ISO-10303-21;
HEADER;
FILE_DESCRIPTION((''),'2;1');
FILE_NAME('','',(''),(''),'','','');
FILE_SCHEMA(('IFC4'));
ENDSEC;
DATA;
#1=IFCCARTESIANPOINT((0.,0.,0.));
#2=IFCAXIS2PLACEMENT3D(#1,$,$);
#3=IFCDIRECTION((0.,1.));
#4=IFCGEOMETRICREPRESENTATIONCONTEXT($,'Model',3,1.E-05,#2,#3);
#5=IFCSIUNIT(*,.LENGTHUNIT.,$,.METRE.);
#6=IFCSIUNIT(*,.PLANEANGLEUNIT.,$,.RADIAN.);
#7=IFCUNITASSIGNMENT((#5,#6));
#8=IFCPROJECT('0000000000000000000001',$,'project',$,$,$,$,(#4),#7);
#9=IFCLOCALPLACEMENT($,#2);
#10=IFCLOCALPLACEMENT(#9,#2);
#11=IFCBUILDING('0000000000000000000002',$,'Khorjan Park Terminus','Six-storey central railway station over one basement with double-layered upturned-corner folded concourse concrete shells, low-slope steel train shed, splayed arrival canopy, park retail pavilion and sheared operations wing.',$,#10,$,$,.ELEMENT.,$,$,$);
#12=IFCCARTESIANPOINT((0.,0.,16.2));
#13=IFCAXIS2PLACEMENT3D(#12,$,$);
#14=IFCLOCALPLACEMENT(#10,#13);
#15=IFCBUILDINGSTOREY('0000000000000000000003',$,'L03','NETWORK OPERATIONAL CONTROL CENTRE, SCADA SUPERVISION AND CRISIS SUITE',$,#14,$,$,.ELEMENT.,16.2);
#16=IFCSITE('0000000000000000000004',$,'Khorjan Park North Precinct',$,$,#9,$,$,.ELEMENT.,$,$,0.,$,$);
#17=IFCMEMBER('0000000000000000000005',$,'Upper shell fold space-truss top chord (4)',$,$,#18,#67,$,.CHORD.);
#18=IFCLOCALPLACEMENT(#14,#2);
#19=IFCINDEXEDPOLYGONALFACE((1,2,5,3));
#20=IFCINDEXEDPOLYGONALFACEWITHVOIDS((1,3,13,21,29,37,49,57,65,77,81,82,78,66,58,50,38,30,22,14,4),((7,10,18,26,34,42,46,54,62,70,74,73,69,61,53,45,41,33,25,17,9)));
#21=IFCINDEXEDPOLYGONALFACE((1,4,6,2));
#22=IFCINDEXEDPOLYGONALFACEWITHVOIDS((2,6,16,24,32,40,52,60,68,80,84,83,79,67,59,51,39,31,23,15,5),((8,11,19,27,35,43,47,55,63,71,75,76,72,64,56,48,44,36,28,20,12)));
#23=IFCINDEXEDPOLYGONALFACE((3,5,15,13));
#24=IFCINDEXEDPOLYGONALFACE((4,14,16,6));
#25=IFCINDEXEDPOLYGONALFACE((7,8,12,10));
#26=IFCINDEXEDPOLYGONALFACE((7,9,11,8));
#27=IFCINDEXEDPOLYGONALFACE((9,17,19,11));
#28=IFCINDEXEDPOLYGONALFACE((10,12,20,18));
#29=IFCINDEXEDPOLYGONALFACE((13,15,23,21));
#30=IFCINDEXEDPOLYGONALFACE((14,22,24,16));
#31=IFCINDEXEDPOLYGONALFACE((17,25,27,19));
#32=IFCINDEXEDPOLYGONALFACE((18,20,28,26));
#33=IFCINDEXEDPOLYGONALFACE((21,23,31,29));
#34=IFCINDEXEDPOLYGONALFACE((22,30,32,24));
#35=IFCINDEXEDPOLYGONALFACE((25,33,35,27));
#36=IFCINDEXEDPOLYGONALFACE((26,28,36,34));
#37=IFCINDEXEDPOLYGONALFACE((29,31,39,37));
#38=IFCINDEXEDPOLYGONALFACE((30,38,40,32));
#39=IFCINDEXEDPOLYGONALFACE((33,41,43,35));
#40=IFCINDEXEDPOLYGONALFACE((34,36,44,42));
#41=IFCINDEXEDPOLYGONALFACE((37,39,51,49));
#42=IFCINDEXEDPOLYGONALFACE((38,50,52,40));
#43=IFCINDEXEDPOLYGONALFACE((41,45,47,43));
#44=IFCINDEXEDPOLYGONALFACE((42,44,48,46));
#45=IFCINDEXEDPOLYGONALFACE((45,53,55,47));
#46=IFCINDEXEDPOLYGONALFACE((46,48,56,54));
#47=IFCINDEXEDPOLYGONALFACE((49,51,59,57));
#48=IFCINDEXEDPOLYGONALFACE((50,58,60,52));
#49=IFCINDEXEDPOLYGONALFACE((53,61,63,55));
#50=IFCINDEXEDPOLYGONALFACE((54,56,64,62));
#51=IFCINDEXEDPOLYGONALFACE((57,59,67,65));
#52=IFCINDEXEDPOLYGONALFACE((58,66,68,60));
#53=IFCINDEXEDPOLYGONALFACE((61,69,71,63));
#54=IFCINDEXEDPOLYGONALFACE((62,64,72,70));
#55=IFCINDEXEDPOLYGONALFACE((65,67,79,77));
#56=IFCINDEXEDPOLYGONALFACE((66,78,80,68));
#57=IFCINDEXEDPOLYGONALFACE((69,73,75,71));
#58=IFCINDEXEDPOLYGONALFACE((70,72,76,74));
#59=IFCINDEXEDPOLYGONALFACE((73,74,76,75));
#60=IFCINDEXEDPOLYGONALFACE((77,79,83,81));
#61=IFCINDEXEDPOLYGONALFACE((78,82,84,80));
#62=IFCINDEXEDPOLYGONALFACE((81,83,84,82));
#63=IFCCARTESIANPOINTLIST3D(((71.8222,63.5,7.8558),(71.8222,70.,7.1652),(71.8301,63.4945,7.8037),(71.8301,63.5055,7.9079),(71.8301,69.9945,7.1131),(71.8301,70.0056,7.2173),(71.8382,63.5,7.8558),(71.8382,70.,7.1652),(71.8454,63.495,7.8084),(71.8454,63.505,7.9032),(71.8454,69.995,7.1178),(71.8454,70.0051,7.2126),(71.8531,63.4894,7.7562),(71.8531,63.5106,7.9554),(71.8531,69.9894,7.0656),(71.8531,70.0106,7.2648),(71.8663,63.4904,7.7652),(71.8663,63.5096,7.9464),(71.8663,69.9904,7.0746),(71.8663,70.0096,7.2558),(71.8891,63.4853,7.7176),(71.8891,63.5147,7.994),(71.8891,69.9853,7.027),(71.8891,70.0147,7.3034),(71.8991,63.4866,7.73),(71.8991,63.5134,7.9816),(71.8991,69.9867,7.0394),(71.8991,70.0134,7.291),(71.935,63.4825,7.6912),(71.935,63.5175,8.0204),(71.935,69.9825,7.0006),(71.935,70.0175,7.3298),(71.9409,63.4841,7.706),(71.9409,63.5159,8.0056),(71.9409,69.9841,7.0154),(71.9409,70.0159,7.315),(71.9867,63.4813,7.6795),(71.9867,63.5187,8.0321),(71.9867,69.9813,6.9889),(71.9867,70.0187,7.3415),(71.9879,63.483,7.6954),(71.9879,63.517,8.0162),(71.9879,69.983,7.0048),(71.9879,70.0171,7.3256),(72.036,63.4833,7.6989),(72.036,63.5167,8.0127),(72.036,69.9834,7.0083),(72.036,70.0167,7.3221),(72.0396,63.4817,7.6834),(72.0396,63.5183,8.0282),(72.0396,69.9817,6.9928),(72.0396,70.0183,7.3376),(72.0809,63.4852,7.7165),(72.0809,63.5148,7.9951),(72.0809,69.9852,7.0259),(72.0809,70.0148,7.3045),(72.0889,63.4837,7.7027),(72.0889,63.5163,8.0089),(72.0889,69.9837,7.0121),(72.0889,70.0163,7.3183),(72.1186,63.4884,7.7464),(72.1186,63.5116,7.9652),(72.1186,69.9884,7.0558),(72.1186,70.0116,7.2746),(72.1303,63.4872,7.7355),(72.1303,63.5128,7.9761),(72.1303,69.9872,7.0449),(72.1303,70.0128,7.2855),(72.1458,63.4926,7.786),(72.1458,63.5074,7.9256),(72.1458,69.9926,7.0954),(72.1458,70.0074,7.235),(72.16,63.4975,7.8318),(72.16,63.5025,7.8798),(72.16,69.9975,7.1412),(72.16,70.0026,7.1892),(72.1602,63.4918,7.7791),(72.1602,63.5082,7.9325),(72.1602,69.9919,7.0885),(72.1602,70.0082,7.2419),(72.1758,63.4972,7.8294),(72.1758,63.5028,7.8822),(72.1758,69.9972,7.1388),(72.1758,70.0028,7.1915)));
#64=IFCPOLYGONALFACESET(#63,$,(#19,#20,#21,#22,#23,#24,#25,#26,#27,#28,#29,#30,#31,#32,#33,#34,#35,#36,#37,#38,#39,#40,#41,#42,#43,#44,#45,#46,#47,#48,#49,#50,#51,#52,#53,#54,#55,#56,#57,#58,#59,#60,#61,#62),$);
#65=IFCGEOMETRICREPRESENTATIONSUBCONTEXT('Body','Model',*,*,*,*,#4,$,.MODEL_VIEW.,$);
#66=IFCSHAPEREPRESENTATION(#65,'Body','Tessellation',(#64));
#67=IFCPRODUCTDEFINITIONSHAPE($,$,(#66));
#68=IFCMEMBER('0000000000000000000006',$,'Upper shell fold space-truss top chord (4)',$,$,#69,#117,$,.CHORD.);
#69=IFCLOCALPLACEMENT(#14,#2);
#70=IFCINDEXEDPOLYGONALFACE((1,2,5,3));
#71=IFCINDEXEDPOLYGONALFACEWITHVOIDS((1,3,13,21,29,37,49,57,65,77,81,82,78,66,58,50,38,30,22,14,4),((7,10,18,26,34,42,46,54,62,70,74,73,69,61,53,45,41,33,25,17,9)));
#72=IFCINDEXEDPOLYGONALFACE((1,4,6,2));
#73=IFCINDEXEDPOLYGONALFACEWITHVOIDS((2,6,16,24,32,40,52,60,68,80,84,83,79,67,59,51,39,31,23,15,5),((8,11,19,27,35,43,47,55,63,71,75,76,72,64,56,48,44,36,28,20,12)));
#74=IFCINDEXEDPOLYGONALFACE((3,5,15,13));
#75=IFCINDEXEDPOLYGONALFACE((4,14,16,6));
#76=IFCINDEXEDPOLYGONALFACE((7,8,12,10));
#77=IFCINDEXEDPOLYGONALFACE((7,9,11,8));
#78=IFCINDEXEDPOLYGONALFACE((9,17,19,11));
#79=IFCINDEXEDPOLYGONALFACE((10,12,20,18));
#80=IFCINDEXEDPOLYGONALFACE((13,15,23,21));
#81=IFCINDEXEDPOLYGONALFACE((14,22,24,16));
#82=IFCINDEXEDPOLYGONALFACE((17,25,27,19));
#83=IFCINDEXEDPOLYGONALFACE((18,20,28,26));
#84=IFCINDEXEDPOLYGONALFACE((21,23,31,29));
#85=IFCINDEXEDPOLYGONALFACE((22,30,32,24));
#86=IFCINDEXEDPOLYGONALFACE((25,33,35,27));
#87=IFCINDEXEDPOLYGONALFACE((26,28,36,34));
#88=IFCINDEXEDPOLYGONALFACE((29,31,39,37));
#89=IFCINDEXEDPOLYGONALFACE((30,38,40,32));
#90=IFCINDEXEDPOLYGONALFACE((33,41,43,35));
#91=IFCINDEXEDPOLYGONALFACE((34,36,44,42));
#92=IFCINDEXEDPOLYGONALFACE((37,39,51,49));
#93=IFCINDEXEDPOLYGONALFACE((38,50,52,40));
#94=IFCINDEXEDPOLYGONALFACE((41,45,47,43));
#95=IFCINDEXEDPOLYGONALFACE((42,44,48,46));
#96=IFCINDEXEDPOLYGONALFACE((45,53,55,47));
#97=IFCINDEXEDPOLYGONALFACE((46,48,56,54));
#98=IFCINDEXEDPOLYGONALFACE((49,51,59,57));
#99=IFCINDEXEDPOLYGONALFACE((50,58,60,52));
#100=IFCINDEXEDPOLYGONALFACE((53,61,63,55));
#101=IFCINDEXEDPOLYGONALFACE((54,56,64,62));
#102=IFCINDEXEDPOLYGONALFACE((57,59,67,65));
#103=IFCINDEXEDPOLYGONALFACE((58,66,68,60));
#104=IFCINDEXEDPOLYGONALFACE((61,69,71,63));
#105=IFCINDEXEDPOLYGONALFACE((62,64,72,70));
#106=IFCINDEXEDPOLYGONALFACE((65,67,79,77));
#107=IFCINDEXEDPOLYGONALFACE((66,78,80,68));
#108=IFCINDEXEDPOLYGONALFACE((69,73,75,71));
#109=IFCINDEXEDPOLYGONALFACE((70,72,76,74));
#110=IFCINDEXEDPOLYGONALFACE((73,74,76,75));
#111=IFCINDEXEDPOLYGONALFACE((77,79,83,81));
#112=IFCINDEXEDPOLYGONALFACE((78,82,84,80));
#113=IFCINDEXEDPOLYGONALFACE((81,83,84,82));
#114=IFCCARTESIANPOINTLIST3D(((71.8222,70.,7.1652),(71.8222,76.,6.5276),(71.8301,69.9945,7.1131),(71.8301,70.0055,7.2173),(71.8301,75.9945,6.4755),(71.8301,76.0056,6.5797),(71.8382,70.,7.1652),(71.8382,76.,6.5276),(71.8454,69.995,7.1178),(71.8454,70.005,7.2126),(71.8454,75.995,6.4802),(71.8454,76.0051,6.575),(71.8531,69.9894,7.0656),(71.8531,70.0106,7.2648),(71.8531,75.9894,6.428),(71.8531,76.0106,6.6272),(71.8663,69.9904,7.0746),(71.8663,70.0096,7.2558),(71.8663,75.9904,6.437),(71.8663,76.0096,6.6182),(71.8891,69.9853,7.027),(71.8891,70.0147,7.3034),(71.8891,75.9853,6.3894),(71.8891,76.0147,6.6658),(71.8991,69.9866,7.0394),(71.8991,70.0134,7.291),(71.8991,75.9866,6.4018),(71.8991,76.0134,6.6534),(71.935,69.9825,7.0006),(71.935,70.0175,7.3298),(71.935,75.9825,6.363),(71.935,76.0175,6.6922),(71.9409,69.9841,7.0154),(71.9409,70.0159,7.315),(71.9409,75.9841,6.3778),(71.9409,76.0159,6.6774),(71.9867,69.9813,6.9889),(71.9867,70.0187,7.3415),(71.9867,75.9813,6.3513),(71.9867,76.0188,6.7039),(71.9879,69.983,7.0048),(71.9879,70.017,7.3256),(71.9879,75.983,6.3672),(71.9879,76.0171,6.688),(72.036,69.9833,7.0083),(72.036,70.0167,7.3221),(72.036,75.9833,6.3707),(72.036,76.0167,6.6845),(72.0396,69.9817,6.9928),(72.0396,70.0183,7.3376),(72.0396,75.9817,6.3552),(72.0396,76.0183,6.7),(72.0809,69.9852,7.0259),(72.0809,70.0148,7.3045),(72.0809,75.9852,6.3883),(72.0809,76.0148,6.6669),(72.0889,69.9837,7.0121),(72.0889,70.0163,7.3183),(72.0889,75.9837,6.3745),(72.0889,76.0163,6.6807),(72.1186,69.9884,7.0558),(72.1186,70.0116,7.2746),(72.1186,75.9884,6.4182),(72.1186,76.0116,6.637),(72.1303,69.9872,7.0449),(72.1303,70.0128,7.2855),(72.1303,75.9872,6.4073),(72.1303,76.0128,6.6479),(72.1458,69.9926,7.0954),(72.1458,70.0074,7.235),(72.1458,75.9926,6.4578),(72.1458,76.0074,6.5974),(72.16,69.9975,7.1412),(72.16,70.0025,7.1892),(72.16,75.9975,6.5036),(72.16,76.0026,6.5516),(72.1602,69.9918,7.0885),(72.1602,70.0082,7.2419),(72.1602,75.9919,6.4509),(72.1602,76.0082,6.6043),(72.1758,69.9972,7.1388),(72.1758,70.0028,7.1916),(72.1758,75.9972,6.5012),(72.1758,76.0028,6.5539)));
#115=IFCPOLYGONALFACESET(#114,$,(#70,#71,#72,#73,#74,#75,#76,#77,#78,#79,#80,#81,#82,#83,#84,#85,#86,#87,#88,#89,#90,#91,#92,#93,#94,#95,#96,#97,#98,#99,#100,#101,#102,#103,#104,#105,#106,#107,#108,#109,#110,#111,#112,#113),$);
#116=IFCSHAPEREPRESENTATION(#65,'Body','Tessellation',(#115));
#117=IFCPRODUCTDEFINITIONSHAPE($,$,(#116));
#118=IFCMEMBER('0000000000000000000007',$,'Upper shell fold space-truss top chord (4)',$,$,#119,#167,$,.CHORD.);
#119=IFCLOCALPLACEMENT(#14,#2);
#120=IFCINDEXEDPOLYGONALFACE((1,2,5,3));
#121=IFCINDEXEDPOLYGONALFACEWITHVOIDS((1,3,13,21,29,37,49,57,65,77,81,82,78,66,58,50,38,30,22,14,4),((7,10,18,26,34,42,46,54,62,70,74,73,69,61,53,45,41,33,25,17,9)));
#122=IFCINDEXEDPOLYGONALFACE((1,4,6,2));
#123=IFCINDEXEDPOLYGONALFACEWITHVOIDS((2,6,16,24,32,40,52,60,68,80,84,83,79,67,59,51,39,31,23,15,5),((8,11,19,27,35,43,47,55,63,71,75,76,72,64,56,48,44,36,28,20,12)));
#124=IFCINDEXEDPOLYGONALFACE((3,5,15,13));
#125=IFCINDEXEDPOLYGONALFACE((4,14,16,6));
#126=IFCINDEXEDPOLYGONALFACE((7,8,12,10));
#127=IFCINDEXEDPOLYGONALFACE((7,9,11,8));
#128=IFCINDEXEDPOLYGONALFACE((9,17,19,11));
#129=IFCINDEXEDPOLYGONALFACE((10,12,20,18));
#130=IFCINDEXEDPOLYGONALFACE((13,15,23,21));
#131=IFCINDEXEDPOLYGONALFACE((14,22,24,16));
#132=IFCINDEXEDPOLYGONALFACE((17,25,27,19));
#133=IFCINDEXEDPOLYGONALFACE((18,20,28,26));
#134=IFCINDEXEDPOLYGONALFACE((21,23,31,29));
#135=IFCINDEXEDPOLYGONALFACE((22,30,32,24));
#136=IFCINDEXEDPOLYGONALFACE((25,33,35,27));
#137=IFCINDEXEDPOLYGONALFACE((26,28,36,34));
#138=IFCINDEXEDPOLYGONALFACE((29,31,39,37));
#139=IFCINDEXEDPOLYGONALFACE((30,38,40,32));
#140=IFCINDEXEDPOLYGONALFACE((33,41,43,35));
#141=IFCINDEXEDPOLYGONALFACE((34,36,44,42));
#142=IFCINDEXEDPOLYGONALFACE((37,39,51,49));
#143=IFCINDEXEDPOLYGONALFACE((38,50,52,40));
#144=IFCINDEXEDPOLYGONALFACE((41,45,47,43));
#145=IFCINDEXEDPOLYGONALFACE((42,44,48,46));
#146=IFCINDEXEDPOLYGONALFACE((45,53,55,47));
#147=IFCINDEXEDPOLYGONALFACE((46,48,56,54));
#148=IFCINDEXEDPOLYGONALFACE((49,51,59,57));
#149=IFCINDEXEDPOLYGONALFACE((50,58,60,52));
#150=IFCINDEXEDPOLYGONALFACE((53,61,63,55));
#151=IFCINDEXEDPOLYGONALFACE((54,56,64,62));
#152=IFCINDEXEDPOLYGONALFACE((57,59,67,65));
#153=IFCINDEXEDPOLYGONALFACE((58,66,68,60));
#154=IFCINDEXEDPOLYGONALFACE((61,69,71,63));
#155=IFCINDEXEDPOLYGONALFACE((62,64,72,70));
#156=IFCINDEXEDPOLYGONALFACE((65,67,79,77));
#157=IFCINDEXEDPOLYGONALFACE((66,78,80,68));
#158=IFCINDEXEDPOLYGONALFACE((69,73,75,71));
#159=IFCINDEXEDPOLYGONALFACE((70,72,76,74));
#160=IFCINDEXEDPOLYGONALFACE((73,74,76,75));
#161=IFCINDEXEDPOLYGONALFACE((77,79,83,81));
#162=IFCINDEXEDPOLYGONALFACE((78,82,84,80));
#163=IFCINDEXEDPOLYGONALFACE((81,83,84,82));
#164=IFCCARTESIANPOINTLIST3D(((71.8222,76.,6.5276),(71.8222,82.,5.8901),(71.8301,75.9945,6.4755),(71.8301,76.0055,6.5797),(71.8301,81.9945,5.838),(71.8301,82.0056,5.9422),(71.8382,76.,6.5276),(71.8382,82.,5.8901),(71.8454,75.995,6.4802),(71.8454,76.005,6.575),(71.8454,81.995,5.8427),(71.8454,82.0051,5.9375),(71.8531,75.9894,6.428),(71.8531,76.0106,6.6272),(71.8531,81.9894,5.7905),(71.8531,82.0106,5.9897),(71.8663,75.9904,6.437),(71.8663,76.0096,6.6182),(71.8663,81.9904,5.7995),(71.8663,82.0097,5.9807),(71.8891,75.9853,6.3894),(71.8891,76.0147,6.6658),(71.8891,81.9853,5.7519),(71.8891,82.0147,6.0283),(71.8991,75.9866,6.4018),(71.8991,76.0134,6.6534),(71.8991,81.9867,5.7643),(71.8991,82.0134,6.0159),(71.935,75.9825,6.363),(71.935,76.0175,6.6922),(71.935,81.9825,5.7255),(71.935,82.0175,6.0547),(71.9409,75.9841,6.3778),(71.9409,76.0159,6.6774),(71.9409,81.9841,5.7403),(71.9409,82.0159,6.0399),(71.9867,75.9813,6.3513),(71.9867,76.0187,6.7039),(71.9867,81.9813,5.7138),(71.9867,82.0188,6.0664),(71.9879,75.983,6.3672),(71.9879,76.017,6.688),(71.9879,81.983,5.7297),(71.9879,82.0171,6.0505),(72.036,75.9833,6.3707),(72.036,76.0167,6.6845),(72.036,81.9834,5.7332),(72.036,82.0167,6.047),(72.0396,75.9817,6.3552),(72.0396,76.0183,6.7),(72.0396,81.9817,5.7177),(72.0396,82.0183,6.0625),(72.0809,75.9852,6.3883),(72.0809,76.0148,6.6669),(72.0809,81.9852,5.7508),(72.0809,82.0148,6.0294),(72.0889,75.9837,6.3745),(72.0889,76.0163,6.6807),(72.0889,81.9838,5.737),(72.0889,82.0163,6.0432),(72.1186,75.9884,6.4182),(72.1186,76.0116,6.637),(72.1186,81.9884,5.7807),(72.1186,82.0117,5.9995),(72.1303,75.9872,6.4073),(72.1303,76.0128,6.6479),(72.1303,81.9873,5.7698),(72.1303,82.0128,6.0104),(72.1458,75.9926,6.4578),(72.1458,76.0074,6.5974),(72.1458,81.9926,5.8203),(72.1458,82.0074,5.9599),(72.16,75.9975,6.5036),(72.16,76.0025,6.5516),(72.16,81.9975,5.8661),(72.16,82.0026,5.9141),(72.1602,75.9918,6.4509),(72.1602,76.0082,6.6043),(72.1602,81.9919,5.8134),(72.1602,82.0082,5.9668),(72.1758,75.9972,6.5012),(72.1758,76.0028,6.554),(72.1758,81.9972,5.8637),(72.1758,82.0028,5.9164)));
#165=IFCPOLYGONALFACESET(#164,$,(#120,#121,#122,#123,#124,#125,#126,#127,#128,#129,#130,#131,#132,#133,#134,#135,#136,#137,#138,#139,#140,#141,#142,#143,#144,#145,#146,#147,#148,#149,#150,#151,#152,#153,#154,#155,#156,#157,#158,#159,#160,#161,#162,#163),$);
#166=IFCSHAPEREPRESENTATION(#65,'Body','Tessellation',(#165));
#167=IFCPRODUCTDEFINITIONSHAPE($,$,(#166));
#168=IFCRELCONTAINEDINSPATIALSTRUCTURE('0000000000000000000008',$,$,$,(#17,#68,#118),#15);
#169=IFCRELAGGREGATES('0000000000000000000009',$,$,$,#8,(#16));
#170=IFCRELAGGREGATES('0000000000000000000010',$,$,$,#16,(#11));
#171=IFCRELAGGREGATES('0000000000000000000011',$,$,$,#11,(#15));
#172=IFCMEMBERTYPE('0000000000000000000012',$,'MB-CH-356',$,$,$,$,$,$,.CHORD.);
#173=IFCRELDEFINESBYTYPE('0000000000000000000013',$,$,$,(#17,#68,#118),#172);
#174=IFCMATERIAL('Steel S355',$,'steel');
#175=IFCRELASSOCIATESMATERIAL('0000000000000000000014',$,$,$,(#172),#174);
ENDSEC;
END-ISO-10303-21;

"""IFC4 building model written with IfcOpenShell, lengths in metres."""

from ifc_helpers import new_model, si_unit, direction, frame, origin, origin_2d, place, context, subcontext, project, spatial, hollow_circle, extrude, material, material_profile, profile_set, type_object, element, save


model = new_model("IFC4")

# Units and contexts
model_context = context("Model", 3, precision=1e-05, world=origin(), true_north=direction((0.0, 1.0)))
body_context = subcontext(model_context, "Body", "Model", "MODEL_VIEW")
ifc_project = project(units=[si_unit("LENGTHUNIT", "METRE"), si_unit("PLANEANGLEUNIT", "RADIAN")], contexts=[model_context])

# Site, building, storey
site_placement = place(None, origin())
site = spatial("IfcSite", under=ifc_project, at=site_placement, Name="Khorjan Park North Precinct", CompositionType="ELEMENT", RefElevation=0.0)
building_placement = place(site_placement, origin())
building = spatial("IfcBuilding", under=site, at=building_placement, Name="Khorjan Park Terminus", Description="Six-storey central railway station over one basement with double-layered upturned-corner folded concourse concrete shells, low-slope steel train shed, splayed arrival canopy, park retail pavilion and sheared operations wing.", CompositionType="ELEMENT")
storey_placement = place(building_placement, frame((0.0, 0.0, 16.2)))
storey = spatial("IfcBuildingStorey", under=building, at=storey_placement, Name="L03", Description="NETWORK OPERATIONAL CONTROL CENTRE, SCADA SUPERVISION AND CRISIS SUITE", CompositionType="ELEMENT", Elevation=16.2)

# Members
ifc_material = material(Name="Steel S355", Category="steel")
ifc_material_profile_1 = material_profile(ifc_material, hollow_circle(Radius=0.1778, WallThickness=0.016, at=origin_2d()), Name="CHS 355.6x16")
ifc_profile_set_1 = profile_set([ifc_material_profile_1], Name="Steel S355")
member_type_1 = type_object("IfcMemberType", Name="MB-CH-356", PredefinedType="CHORD", material=ifc_profile_set_1)
member_1_placement = place(storey_placement, frame((72.0, 63.5, 7.8558), z_axis=(0.0, 0.994403, -0.105652), x_axis=(-1.0, 0.0, 0.0)))
element("IfcMember", 1, at=member_1_placement, inside=storey, type_object=member_type_1, Name="Upper shell fold space-truss top chord (4)", PredefinedType="CHORD", context=body_context, shape_type="SweptSolid", body=[
    extrude(hollow_circle(Radius=0.1778, WallThickness=0.016, at=origin_2d()), origin(), (0.0, 0.0, 1.0), 6.5366),
])
for number, where, z_axis, x_axis, name in (
    (2, (72.0, 70.0, 7.1652), (0.0, 0.994401, -0.105672), (-1.0, 0.0, 0.0), "Upper shell fold space-truss top chord (4)"),
    (3, (72.0, 76.0, 6.5276), (0.0, 0.994403, -0.105655), (-1.0, 0.0, 0.0), "Upper shell fold space-truss top chord (4)"),
):
    element("IfcMember", number, at=place(storey_placement, frame(where, z_axis=z_axis, x_axis=x_axis)), inside=storey, type_object=member_type_1, Name=name, PredefinedType="CHORD", context=body_context, shape_type="SweptSolid", body=[
        extrude(hollow_circle(Radius=0.1778, WallThickness=0.016, at=origin_2d()), origin(), (0.0, 0.0, 1.0), 6.0338),
    ])

save(model, "model.ifc")
